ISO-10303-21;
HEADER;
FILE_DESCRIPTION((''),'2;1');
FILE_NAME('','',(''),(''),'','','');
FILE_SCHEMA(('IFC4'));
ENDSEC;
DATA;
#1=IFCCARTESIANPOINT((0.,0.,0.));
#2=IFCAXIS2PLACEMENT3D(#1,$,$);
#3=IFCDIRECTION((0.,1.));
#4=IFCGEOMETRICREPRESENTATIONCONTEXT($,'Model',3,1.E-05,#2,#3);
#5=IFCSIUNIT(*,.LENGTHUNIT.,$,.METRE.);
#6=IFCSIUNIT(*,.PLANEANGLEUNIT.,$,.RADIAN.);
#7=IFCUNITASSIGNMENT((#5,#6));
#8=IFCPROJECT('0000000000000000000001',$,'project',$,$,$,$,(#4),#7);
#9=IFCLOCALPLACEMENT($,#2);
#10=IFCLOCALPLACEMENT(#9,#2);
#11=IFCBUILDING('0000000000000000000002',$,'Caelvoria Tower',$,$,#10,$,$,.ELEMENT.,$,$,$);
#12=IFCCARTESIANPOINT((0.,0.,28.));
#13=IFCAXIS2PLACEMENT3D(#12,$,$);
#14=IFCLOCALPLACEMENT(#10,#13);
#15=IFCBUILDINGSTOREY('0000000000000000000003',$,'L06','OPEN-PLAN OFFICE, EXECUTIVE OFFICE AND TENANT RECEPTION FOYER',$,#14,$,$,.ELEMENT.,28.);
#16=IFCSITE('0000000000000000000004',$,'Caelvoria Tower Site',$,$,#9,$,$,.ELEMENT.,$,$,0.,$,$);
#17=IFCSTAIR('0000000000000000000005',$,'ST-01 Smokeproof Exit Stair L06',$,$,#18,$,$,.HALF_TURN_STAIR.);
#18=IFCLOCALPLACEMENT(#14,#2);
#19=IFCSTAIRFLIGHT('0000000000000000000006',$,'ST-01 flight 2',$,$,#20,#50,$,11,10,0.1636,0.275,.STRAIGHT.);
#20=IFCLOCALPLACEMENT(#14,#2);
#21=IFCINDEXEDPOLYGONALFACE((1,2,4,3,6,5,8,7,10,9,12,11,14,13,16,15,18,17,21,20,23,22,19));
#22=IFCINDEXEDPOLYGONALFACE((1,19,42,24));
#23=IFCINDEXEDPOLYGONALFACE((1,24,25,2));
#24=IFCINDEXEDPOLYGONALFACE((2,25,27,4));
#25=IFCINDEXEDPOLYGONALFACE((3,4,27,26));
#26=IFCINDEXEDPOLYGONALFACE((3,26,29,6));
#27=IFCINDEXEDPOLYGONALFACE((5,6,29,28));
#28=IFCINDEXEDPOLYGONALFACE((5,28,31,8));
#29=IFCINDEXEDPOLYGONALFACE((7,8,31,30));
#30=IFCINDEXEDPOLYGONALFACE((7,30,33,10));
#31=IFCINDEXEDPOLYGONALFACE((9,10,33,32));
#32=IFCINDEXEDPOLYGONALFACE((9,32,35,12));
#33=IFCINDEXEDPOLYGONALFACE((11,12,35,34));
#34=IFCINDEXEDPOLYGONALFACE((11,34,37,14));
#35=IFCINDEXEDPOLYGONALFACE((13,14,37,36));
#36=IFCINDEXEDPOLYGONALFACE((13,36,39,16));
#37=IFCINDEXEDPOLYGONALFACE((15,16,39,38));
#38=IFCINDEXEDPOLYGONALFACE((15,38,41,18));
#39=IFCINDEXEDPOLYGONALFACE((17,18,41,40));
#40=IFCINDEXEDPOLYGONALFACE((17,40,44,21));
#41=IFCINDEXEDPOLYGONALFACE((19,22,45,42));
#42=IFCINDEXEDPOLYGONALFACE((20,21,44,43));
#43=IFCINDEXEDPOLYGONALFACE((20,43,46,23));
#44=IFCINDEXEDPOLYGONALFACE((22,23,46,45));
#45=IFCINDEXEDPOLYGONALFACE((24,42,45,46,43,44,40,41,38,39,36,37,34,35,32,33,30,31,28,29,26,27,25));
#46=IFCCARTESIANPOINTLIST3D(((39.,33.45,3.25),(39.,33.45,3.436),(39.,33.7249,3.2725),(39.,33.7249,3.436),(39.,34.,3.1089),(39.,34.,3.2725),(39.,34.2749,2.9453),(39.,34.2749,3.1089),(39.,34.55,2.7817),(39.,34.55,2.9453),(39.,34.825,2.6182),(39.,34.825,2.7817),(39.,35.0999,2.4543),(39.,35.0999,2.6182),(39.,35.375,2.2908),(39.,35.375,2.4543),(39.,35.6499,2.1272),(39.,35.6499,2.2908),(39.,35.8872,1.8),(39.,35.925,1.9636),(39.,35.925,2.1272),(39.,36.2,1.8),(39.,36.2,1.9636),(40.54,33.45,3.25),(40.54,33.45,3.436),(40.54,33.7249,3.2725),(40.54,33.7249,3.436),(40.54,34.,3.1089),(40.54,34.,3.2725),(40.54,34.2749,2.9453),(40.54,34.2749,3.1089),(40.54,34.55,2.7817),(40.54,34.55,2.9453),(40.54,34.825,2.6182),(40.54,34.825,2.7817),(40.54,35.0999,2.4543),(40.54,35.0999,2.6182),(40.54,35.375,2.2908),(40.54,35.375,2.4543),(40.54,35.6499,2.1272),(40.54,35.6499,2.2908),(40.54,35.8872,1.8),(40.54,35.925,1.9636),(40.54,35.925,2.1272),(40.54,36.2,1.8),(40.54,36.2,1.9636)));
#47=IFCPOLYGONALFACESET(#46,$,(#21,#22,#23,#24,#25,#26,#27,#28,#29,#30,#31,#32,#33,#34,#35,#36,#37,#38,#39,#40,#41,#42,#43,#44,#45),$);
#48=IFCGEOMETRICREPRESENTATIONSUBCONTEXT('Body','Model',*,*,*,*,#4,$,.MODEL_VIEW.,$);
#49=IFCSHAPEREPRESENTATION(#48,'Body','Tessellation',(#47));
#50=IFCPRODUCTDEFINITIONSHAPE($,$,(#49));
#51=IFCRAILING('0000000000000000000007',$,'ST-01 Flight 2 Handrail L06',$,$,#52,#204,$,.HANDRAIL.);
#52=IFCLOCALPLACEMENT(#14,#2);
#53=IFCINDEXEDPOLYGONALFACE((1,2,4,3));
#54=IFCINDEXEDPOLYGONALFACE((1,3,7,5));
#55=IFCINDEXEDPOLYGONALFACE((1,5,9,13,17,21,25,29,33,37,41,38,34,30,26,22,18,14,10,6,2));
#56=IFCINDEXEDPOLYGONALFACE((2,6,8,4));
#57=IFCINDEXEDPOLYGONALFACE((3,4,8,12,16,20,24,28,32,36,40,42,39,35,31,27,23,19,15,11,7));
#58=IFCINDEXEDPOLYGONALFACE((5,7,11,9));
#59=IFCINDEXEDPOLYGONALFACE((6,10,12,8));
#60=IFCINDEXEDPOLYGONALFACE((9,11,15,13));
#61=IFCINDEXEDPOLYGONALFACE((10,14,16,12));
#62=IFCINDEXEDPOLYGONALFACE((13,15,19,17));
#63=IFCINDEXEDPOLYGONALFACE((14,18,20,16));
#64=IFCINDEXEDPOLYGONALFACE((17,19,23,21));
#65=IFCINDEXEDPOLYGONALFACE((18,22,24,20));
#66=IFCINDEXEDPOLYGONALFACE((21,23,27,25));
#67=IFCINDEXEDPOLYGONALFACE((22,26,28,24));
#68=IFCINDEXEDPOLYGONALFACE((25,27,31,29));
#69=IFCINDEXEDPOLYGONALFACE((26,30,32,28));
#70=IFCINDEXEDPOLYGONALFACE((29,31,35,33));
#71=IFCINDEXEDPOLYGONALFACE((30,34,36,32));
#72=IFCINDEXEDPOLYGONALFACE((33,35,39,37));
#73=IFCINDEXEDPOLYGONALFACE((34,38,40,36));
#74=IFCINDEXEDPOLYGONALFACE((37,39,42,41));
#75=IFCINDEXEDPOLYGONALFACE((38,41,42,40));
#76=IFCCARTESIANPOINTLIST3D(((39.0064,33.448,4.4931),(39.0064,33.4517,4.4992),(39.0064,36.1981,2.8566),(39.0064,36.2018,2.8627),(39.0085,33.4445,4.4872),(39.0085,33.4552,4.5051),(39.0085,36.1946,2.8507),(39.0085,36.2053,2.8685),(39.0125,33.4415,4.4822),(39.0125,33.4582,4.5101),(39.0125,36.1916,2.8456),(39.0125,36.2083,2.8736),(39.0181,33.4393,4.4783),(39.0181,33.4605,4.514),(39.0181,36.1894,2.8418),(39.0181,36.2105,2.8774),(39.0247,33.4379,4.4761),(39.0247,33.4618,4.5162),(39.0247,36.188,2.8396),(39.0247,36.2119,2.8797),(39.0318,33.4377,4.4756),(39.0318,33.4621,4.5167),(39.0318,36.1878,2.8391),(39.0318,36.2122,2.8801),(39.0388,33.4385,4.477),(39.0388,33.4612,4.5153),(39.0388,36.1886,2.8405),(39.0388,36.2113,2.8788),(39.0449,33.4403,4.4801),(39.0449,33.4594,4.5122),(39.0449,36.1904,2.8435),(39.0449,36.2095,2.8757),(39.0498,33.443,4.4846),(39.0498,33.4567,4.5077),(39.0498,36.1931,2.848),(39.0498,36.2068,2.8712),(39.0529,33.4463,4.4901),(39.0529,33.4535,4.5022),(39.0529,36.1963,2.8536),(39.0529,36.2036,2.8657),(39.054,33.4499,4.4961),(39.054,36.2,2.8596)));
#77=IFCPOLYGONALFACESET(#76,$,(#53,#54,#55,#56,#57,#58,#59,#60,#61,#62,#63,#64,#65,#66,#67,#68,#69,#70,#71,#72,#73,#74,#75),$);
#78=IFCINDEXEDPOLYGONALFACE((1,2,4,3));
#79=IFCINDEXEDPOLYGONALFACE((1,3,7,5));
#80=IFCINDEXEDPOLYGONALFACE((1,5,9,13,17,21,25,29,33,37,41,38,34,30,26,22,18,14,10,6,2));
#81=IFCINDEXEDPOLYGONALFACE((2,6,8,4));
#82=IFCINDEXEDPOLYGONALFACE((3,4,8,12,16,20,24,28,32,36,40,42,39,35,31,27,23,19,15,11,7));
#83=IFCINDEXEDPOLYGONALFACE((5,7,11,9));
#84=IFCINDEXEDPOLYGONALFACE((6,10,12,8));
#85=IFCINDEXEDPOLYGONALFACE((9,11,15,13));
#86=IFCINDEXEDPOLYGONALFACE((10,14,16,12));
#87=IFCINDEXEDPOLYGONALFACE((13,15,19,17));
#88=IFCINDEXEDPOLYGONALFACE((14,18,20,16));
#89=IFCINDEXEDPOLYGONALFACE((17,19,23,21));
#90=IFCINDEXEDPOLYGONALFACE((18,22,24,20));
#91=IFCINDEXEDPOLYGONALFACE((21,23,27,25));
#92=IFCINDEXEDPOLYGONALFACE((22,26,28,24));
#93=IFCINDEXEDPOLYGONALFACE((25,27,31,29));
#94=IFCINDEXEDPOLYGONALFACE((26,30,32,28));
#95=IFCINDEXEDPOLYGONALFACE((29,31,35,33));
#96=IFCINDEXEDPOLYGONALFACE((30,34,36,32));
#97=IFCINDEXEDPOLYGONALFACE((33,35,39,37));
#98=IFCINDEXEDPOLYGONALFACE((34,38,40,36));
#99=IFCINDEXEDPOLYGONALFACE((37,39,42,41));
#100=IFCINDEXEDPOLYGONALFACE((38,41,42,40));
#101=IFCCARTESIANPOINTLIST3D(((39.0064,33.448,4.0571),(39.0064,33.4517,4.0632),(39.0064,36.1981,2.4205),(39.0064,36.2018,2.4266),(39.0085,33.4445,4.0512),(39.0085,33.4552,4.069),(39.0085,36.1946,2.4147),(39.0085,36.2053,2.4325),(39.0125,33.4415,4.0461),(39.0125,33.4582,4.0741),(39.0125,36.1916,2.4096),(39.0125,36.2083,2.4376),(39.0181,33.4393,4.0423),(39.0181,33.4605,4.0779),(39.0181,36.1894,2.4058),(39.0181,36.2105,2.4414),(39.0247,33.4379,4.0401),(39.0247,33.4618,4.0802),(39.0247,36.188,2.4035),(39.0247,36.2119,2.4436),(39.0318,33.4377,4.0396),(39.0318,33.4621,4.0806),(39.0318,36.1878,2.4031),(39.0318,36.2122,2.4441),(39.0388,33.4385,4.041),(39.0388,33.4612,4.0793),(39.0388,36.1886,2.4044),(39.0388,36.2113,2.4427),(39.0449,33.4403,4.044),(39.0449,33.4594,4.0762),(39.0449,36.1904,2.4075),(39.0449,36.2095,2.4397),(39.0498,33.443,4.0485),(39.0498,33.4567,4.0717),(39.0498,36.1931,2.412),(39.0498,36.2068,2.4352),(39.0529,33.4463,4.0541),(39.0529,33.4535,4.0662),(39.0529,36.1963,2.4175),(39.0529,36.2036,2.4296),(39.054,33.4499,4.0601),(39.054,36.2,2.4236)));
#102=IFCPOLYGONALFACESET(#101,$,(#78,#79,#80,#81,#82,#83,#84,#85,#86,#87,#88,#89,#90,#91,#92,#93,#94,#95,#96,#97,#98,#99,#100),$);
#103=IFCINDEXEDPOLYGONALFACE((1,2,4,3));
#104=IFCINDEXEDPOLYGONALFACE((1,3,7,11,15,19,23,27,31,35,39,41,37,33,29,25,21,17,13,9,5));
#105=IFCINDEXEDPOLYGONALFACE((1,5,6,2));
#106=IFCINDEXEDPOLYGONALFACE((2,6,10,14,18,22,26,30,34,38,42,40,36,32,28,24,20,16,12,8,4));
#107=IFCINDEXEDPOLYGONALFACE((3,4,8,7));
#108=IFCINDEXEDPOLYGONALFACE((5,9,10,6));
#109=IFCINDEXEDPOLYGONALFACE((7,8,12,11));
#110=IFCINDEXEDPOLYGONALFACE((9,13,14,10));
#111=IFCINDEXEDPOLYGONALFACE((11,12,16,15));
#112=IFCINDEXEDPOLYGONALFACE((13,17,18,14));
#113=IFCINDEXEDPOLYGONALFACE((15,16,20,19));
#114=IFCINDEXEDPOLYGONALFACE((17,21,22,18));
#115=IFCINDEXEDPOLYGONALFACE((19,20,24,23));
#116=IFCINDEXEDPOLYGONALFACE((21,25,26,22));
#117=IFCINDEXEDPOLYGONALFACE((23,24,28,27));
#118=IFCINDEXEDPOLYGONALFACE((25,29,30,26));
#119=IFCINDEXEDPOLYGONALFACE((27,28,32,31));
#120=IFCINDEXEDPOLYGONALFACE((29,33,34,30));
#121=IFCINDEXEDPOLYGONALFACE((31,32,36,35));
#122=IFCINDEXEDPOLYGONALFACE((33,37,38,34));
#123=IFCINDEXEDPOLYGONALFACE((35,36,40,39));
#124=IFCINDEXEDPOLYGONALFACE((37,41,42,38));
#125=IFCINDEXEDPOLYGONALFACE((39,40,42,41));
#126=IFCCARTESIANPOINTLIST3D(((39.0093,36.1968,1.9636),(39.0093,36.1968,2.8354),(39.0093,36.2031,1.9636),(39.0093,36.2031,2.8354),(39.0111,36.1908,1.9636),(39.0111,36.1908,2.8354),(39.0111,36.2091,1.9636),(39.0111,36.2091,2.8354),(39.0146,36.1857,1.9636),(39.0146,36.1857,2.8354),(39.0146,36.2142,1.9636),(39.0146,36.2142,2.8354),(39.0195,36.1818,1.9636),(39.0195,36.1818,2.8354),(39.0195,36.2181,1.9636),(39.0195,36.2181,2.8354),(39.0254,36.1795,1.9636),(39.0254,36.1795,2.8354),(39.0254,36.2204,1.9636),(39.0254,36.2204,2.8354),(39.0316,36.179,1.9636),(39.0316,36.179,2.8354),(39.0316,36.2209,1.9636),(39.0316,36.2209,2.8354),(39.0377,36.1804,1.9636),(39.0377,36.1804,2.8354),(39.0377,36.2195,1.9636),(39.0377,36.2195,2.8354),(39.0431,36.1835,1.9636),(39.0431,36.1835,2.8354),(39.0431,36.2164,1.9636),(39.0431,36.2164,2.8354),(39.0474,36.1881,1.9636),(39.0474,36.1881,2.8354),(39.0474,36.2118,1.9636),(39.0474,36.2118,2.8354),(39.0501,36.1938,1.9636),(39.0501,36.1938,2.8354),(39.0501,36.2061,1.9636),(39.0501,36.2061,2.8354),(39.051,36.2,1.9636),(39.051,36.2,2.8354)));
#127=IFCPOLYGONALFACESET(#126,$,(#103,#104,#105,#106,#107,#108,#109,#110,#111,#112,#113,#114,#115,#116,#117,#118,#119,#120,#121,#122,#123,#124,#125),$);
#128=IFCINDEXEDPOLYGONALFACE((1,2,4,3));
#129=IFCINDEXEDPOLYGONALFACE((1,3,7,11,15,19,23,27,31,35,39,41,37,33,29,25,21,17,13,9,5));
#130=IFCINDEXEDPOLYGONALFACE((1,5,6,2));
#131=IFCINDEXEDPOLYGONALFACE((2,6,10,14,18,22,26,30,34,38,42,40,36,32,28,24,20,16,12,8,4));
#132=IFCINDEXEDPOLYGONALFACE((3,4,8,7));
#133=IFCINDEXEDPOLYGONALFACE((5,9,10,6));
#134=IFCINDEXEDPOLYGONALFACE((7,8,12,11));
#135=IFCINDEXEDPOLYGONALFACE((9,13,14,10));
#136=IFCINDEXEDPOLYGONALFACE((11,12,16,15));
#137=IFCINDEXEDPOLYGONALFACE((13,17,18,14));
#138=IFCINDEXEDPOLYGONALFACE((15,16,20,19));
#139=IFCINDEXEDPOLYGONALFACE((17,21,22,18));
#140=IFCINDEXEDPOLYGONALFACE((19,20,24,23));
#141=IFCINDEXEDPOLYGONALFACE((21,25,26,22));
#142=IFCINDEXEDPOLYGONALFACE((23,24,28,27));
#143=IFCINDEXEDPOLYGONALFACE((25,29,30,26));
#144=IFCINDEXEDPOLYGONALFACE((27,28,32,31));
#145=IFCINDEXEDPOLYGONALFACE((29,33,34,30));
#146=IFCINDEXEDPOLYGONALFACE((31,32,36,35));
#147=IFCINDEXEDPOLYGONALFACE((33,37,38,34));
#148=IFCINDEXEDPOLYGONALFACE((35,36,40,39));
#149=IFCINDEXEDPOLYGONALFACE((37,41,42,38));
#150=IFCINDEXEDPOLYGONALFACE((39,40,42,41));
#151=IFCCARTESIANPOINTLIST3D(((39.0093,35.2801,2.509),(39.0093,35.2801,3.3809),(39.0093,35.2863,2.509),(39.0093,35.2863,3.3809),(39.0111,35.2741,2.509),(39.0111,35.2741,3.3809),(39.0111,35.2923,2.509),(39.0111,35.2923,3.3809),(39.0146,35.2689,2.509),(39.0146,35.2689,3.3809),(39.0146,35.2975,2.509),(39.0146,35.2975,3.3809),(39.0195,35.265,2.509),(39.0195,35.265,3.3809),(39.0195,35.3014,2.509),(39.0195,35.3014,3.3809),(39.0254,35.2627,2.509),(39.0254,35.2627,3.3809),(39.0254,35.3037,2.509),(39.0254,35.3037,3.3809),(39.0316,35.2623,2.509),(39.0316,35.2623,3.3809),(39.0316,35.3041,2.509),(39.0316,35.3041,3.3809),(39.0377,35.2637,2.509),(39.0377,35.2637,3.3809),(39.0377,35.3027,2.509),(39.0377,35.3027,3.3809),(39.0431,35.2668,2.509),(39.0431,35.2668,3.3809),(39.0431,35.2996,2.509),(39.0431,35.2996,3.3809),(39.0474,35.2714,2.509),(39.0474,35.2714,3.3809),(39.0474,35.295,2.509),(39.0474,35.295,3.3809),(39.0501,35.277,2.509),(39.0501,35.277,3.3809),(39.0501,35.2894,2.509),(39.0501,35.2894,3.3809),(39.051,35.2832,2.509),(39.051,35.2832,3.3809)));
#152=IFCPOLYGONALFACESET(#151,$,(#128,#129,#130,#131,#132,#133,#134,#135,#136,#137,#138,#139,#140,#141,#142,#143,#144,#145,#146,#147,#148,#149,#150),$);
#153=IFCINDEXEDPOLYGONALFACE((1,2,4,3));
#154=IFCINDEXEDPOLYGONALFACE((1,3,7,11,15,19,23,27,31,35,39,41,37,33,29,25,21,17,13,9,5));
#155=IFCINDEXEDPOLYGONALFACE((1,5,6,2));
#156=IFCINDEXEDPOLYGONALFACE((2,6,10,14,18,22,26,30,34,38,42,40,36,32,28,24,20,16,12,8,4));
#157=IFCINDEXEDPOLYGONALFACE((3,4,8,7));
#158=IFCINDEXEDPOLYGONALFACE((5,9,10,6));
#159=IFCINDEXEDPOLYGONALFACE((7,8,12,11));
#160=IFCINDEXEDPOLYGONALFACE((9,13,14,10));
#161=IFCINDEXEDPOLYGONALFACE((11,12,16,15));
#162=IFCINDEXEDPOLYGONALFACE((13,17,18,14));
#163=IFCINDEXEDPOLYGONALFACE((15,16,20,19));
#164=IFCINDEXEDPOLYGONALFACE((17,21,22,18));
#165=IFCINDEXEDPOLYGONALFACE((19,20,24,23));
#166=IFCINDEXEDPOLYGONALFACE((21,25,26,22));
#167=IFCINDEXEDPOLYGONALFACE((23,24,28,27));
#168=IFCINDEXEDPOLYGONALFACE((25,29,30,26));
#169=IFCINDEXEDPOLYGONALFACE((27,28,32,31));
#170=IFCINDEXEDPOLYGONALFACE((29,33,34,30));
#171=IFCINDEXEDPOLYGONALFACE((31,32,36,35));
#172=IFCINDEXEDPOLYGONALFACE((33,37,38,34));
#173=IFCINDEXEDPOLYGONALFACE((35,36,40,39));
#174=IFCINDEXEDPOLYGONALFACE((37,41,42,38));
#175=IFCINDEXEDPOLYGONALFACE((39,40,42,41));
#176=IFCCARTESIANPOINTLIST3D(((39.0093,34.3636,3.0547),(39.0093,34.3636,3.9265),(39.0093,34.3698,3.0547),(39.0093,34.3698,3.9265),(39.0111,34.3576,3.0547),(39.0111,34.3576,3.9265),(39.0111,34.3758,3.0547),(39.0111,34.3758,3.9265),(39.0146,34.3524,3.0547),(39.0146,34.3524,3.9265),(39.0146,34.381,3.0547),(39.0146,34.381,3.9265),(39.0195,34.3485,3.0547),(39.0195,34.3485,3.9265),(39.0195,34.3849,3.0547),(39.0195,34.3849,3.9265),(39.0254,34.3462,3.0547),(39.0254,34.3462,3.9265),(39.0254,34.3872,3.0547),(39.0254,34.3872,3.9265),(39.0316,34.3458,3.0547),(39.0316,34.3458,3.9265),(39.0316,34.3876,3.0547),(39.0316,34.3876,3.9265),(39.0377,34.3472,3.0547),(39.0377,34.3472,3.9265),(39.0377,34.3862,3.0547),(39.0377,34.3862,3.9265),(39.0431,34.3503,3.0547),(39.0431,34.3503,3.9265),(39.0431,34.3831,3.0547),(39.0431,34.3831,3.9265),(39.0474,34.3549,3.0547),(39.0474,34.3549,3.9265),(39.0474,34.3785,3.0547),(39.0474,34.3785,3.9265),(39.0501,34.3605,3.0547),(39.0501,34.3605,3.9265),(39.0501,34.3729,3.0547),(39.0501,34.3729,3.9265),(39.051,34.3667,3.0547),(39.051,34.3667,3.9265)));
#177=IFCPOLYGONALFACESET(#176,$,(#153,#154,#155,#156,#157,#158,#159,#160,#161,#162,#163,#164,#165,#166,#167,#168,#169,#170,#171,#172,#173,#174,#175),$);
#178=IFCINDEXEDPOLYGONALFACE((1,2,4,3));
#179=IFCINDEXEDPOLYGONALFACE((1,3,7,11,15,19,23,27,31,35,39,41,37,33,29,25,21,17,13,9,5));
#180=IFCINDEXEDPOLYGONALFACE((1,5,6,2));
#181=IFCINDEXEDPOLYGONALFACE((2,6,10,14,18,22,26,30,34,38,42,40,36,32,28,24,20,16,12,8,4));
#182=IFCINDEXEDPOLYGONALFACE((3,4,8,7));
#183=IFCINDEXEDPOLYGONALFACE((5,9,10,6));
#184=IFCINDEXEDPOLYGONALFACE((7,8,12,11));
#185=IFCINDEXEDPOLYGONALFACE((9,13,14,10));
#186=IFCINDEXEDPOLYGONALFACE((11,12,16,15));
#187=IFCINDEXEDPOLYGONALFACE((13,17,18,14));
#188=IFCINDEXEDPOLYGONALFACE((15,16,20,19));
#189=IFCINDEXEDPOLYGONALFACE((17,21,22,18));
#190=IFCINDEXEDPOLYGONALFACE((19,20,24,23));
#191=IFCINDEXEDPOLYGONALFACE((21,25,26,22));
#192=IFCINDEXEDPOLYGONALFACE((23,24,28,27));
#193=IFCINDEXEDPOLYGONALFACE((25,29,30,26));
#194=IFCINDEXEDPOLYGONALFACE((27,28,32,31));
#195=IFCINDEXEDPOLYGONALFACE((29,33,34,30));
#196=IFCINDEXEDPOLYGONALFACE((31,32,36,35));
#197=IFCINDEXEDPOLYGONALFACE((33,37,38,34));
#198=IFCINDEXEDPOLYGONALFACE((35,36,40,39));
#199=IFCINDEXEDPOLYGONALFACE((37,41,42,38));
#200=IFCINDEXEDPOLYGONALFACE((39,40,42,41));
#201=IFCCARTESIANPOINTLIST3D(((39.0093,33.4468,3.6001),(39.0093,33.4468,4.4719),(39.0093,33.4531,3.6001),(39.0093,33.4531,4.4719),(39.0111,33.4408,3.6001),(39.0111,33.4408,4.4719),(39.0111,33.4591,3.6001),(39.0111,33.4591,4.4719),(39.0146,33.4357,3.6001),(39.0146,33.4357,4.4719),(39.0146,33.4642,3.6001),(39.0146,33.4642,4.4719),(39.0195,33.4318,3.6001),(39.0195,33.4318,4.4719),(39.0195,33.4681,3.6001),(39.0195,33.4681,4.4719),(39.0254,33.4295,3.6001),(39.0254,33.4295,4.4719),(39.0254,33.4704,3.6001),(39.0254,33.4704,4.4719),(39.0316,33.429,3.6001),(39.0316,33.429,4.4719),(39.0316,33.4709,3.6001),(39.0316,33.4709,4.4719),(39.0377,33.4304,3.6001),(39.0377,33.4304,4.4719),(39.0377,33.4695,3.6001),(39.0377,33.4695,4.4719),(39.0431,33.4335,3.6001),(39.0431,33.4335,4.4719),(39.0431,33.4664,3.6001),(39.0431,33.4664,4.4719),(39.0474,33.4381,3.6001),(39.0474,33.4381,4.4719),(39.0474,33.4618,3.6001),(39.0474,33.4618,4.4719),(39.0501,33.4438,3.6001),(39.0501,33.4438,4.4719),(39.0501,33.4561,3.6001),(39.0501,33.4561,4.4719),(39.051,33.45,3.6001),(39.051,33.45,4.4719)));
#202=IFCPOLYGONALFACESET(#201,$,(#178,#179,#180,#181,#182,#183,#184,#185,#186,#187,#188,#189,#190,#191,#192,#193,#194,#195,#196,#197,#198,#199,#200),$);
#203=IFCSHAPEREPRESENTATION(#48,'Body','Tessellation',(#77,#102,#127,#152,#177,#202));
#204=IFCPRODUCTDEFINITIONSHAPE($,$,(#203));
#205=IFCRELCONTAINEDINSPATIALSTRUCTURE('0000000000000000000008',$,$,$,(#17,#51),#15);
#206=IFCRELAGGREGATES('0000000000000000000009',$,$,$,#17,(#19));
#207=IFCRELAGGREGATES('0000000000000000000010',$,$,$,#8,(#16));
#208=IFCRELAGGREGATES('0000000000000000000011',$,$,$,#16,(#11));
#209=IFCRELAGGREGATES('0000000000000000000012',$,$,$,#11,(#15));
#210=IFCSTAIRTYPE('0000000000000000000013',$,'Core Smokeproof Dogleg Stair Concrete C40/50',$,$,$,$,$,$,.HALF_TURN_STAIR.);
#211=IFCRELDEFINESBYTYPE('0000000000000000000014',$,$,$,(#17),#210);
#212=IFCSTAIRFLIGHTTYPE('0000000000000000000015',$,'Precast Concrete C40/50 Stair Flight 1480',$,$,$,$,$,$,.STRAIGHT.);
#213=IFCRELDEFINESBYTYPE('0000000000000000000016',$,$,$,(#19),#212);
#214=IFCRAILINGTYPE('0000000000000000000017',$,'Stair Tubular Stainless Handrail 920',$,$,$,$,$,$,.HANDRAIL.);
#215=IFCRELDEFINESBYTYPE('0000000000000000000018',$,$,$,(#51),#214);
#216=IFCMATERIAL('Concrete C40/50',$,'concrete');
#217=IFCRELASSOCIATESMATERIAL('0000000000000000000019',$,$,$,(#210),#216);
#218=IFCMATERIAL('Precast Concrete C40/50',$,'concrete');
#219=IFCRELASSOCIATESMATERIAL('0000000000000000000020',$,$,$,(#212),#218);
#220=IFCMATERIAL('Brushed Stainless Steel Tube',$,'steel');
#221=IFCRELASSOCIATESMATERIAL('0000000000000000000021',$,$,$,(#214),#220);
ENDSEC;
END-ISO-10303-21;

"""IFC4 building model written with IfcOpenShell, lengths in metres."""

from ifc_helpers import new_model, si_unit, direction, frame, origin, origin_2d, place, context, subcontext, project, spatial, polyline, circle, outline, extrude, material, type_object, element, aggregate, save


model = new_model("IFC4")

# Units and contexts
model_context = context("Model", 3, precision=1e-05, world=origin(), true_north=direction((0.0, 1.0)))
body_context = subcontext(model_context, "Body", "Model", "MODEL_VIEW")
ifc_project = project(units=[si_unit("LENGTHUNIT", "METRE"), si_unit("PLANEANGLEUNIT", "RADIAN")], contexts=[model_context])

# Site, building, storey
site_placement = place(None, origin())
site = spatial("IfcSite", under=ifc_project, at=site_placement, Name="Caelvoria Tower Site", CompositionType="ELEMENT", RefElevation=0.0)
building_placement = place(site_placement, origin())
building = spatial("IfcBuilding", under=site, at=building_placement, Name="Caelvoria Tower", CompositionType="ELEMENT")
storey_placement = place(building_placement, frame((0.0, 0.0, 28.0)))
storey = spatial("IfcBuildingStorey", under=building, at=storey_placement, Name="L06", Description="OPEN-PLAN OFFICE, EXECUTIVE OFFICE AND TENANT RECEPTION FOYER", CompositionType="ELEMENT", Elevation=28.0)

# Stair, stair flight
ifc_material_1 = material(Name="Concrete C40/50", Category="concrete")
stair_type = type_object("IfcStairType", Name="Core Smokeproof Dogleg Stair Concrete C40/50", PredefinedType="HALF_TURN_STAIR", material=ifc_material_1)
stair_placement = place(storey_placement, origin())
stair = element("IfcStair", 1, at=stair_placement, inside=storey, type_object=stair_type, Name="ST-01 Smokeproof Exit Stair L06", PredefinedType="HALF_TURN_STAIR")
ifc_material_2 = material(Name="Precast Concrete C40/50", Category="concrete")
stair_flight_type = type_object("IfcStairFlightType", Name="Precast Concrete C40/50 Stair Flight 1480", PredefinedType="STRAIGHT", material=ifc_material_2)
stair_flight_placement = place(storey_placement, frame((39.77, 36.2, 1.8), z_axis=(0.0, 0.0, 1.0), x_axis=(0.0, -1.0, 0.0)))
stair_flight = element("IfcStairFlight", 2, at=stair_flight_placement, type_object=stair_flight_type, Name="ST-01 flight 2", NumberOfRisers=11, NumberOfTreads=10, PredefinedType="STRAIGHT", RiserHeight=0.1636, TreadLength=0.275, context=body_context, shape_type="SweptSolid", body=[
    extrude(outline(polyline([(0.0, 0.0), (0.0, 0.1636), (0.2749, 0.1636), (0.2749, 0.3271), (0.55, 0.3271), (0.55, 0.4907), (0.825, 0.4907), (0.825, 0.6543), (1.1001, 0.6543), (1.1001, 0.8181), (1.375, 0.8181), (1.375, 0.9817), (1.6499, 0.9817), (1.6499, 1.1453), (1.925, 1.1453), (1.925, 1.3088), (2.2, 1.3088), (2.2, 1.4724), (2.4751, 1.4724), (2.4751, 1.636), (2.75, 1.636), (2.75, 1.7996), (2.75, 1.45), (0.3127, 0.0), (0.0, 0.0)])), frame((0.0, 0.77, 0.0), z_axis=(0.0, -1.0, 0.0), x_axis=(1.0, 0.0, 0.0)), (0.0, 0.0, 1.0), 1.54),
])
aggregate(stair, [stair_flight])

# Railing
ifc_material_3 = material(Name="Brushed Stainless Steel Tube", Category="steel")
railing_type_1 = type_object("IfcRailingType", Name="Stair Tubular Stainless Handrail 920", PredefinedType="HANDRAIL", material=ifc_material_3)
railing_1_placement = place(storey_placement, frame((39.03, 36.2, 1.9636)))
element("IfcRailing", 3, at=railing_1_placement, inside=storey, type_object=railing_type_1, Name="ST-01 Flight 2 Handrail L06", PredefinedType="HANDRAIL", context=body_context, shape_type="SweptSolid", body=[
    extrude(circle(Radius=0.0239, at=origin_2d()), frame((0.0, 0.0, 0.896), z_axis=(0.0, -0.859352, 0.511385), x_axis=(1.0, 0.0, 0.0)), (0.0, 0.0, 1.0), 3.2002),
    extrude(circle(Radius=0.0239, at=origin_2d()), frame((0.0, 0.0, 0.46), z_axis=(0.0, -0.859352, 0.511385), x_axis=(1.0, 0.0, 0.0)), (0.0, 0.0, 1.0), 3.2002),
    extrude(circle(Radius=0.021, at=origin_2d()), origin(), (0.0, 0.0, 1.0), 0.8718),
    extrude(circle(Radius=0.021, at=origin_2d()), frame((0.0, -0.9167, 0.5454)), (0.0, 0.0, 1.0), 0.8718),
    extrude(circle(Radius=0.021, at=origin_2d()), frame((0.0, -1.8333, 1.0911)), (0.0, 0.0, 1.0), 0.8718),
    extrude(circle(Radius=0.021, at=origin_2d()), frame((0.0, -2.75, 1.6365)), (0.0, 0.0, 1.0), 0.8718),
])

save(model, "model.ifc")
